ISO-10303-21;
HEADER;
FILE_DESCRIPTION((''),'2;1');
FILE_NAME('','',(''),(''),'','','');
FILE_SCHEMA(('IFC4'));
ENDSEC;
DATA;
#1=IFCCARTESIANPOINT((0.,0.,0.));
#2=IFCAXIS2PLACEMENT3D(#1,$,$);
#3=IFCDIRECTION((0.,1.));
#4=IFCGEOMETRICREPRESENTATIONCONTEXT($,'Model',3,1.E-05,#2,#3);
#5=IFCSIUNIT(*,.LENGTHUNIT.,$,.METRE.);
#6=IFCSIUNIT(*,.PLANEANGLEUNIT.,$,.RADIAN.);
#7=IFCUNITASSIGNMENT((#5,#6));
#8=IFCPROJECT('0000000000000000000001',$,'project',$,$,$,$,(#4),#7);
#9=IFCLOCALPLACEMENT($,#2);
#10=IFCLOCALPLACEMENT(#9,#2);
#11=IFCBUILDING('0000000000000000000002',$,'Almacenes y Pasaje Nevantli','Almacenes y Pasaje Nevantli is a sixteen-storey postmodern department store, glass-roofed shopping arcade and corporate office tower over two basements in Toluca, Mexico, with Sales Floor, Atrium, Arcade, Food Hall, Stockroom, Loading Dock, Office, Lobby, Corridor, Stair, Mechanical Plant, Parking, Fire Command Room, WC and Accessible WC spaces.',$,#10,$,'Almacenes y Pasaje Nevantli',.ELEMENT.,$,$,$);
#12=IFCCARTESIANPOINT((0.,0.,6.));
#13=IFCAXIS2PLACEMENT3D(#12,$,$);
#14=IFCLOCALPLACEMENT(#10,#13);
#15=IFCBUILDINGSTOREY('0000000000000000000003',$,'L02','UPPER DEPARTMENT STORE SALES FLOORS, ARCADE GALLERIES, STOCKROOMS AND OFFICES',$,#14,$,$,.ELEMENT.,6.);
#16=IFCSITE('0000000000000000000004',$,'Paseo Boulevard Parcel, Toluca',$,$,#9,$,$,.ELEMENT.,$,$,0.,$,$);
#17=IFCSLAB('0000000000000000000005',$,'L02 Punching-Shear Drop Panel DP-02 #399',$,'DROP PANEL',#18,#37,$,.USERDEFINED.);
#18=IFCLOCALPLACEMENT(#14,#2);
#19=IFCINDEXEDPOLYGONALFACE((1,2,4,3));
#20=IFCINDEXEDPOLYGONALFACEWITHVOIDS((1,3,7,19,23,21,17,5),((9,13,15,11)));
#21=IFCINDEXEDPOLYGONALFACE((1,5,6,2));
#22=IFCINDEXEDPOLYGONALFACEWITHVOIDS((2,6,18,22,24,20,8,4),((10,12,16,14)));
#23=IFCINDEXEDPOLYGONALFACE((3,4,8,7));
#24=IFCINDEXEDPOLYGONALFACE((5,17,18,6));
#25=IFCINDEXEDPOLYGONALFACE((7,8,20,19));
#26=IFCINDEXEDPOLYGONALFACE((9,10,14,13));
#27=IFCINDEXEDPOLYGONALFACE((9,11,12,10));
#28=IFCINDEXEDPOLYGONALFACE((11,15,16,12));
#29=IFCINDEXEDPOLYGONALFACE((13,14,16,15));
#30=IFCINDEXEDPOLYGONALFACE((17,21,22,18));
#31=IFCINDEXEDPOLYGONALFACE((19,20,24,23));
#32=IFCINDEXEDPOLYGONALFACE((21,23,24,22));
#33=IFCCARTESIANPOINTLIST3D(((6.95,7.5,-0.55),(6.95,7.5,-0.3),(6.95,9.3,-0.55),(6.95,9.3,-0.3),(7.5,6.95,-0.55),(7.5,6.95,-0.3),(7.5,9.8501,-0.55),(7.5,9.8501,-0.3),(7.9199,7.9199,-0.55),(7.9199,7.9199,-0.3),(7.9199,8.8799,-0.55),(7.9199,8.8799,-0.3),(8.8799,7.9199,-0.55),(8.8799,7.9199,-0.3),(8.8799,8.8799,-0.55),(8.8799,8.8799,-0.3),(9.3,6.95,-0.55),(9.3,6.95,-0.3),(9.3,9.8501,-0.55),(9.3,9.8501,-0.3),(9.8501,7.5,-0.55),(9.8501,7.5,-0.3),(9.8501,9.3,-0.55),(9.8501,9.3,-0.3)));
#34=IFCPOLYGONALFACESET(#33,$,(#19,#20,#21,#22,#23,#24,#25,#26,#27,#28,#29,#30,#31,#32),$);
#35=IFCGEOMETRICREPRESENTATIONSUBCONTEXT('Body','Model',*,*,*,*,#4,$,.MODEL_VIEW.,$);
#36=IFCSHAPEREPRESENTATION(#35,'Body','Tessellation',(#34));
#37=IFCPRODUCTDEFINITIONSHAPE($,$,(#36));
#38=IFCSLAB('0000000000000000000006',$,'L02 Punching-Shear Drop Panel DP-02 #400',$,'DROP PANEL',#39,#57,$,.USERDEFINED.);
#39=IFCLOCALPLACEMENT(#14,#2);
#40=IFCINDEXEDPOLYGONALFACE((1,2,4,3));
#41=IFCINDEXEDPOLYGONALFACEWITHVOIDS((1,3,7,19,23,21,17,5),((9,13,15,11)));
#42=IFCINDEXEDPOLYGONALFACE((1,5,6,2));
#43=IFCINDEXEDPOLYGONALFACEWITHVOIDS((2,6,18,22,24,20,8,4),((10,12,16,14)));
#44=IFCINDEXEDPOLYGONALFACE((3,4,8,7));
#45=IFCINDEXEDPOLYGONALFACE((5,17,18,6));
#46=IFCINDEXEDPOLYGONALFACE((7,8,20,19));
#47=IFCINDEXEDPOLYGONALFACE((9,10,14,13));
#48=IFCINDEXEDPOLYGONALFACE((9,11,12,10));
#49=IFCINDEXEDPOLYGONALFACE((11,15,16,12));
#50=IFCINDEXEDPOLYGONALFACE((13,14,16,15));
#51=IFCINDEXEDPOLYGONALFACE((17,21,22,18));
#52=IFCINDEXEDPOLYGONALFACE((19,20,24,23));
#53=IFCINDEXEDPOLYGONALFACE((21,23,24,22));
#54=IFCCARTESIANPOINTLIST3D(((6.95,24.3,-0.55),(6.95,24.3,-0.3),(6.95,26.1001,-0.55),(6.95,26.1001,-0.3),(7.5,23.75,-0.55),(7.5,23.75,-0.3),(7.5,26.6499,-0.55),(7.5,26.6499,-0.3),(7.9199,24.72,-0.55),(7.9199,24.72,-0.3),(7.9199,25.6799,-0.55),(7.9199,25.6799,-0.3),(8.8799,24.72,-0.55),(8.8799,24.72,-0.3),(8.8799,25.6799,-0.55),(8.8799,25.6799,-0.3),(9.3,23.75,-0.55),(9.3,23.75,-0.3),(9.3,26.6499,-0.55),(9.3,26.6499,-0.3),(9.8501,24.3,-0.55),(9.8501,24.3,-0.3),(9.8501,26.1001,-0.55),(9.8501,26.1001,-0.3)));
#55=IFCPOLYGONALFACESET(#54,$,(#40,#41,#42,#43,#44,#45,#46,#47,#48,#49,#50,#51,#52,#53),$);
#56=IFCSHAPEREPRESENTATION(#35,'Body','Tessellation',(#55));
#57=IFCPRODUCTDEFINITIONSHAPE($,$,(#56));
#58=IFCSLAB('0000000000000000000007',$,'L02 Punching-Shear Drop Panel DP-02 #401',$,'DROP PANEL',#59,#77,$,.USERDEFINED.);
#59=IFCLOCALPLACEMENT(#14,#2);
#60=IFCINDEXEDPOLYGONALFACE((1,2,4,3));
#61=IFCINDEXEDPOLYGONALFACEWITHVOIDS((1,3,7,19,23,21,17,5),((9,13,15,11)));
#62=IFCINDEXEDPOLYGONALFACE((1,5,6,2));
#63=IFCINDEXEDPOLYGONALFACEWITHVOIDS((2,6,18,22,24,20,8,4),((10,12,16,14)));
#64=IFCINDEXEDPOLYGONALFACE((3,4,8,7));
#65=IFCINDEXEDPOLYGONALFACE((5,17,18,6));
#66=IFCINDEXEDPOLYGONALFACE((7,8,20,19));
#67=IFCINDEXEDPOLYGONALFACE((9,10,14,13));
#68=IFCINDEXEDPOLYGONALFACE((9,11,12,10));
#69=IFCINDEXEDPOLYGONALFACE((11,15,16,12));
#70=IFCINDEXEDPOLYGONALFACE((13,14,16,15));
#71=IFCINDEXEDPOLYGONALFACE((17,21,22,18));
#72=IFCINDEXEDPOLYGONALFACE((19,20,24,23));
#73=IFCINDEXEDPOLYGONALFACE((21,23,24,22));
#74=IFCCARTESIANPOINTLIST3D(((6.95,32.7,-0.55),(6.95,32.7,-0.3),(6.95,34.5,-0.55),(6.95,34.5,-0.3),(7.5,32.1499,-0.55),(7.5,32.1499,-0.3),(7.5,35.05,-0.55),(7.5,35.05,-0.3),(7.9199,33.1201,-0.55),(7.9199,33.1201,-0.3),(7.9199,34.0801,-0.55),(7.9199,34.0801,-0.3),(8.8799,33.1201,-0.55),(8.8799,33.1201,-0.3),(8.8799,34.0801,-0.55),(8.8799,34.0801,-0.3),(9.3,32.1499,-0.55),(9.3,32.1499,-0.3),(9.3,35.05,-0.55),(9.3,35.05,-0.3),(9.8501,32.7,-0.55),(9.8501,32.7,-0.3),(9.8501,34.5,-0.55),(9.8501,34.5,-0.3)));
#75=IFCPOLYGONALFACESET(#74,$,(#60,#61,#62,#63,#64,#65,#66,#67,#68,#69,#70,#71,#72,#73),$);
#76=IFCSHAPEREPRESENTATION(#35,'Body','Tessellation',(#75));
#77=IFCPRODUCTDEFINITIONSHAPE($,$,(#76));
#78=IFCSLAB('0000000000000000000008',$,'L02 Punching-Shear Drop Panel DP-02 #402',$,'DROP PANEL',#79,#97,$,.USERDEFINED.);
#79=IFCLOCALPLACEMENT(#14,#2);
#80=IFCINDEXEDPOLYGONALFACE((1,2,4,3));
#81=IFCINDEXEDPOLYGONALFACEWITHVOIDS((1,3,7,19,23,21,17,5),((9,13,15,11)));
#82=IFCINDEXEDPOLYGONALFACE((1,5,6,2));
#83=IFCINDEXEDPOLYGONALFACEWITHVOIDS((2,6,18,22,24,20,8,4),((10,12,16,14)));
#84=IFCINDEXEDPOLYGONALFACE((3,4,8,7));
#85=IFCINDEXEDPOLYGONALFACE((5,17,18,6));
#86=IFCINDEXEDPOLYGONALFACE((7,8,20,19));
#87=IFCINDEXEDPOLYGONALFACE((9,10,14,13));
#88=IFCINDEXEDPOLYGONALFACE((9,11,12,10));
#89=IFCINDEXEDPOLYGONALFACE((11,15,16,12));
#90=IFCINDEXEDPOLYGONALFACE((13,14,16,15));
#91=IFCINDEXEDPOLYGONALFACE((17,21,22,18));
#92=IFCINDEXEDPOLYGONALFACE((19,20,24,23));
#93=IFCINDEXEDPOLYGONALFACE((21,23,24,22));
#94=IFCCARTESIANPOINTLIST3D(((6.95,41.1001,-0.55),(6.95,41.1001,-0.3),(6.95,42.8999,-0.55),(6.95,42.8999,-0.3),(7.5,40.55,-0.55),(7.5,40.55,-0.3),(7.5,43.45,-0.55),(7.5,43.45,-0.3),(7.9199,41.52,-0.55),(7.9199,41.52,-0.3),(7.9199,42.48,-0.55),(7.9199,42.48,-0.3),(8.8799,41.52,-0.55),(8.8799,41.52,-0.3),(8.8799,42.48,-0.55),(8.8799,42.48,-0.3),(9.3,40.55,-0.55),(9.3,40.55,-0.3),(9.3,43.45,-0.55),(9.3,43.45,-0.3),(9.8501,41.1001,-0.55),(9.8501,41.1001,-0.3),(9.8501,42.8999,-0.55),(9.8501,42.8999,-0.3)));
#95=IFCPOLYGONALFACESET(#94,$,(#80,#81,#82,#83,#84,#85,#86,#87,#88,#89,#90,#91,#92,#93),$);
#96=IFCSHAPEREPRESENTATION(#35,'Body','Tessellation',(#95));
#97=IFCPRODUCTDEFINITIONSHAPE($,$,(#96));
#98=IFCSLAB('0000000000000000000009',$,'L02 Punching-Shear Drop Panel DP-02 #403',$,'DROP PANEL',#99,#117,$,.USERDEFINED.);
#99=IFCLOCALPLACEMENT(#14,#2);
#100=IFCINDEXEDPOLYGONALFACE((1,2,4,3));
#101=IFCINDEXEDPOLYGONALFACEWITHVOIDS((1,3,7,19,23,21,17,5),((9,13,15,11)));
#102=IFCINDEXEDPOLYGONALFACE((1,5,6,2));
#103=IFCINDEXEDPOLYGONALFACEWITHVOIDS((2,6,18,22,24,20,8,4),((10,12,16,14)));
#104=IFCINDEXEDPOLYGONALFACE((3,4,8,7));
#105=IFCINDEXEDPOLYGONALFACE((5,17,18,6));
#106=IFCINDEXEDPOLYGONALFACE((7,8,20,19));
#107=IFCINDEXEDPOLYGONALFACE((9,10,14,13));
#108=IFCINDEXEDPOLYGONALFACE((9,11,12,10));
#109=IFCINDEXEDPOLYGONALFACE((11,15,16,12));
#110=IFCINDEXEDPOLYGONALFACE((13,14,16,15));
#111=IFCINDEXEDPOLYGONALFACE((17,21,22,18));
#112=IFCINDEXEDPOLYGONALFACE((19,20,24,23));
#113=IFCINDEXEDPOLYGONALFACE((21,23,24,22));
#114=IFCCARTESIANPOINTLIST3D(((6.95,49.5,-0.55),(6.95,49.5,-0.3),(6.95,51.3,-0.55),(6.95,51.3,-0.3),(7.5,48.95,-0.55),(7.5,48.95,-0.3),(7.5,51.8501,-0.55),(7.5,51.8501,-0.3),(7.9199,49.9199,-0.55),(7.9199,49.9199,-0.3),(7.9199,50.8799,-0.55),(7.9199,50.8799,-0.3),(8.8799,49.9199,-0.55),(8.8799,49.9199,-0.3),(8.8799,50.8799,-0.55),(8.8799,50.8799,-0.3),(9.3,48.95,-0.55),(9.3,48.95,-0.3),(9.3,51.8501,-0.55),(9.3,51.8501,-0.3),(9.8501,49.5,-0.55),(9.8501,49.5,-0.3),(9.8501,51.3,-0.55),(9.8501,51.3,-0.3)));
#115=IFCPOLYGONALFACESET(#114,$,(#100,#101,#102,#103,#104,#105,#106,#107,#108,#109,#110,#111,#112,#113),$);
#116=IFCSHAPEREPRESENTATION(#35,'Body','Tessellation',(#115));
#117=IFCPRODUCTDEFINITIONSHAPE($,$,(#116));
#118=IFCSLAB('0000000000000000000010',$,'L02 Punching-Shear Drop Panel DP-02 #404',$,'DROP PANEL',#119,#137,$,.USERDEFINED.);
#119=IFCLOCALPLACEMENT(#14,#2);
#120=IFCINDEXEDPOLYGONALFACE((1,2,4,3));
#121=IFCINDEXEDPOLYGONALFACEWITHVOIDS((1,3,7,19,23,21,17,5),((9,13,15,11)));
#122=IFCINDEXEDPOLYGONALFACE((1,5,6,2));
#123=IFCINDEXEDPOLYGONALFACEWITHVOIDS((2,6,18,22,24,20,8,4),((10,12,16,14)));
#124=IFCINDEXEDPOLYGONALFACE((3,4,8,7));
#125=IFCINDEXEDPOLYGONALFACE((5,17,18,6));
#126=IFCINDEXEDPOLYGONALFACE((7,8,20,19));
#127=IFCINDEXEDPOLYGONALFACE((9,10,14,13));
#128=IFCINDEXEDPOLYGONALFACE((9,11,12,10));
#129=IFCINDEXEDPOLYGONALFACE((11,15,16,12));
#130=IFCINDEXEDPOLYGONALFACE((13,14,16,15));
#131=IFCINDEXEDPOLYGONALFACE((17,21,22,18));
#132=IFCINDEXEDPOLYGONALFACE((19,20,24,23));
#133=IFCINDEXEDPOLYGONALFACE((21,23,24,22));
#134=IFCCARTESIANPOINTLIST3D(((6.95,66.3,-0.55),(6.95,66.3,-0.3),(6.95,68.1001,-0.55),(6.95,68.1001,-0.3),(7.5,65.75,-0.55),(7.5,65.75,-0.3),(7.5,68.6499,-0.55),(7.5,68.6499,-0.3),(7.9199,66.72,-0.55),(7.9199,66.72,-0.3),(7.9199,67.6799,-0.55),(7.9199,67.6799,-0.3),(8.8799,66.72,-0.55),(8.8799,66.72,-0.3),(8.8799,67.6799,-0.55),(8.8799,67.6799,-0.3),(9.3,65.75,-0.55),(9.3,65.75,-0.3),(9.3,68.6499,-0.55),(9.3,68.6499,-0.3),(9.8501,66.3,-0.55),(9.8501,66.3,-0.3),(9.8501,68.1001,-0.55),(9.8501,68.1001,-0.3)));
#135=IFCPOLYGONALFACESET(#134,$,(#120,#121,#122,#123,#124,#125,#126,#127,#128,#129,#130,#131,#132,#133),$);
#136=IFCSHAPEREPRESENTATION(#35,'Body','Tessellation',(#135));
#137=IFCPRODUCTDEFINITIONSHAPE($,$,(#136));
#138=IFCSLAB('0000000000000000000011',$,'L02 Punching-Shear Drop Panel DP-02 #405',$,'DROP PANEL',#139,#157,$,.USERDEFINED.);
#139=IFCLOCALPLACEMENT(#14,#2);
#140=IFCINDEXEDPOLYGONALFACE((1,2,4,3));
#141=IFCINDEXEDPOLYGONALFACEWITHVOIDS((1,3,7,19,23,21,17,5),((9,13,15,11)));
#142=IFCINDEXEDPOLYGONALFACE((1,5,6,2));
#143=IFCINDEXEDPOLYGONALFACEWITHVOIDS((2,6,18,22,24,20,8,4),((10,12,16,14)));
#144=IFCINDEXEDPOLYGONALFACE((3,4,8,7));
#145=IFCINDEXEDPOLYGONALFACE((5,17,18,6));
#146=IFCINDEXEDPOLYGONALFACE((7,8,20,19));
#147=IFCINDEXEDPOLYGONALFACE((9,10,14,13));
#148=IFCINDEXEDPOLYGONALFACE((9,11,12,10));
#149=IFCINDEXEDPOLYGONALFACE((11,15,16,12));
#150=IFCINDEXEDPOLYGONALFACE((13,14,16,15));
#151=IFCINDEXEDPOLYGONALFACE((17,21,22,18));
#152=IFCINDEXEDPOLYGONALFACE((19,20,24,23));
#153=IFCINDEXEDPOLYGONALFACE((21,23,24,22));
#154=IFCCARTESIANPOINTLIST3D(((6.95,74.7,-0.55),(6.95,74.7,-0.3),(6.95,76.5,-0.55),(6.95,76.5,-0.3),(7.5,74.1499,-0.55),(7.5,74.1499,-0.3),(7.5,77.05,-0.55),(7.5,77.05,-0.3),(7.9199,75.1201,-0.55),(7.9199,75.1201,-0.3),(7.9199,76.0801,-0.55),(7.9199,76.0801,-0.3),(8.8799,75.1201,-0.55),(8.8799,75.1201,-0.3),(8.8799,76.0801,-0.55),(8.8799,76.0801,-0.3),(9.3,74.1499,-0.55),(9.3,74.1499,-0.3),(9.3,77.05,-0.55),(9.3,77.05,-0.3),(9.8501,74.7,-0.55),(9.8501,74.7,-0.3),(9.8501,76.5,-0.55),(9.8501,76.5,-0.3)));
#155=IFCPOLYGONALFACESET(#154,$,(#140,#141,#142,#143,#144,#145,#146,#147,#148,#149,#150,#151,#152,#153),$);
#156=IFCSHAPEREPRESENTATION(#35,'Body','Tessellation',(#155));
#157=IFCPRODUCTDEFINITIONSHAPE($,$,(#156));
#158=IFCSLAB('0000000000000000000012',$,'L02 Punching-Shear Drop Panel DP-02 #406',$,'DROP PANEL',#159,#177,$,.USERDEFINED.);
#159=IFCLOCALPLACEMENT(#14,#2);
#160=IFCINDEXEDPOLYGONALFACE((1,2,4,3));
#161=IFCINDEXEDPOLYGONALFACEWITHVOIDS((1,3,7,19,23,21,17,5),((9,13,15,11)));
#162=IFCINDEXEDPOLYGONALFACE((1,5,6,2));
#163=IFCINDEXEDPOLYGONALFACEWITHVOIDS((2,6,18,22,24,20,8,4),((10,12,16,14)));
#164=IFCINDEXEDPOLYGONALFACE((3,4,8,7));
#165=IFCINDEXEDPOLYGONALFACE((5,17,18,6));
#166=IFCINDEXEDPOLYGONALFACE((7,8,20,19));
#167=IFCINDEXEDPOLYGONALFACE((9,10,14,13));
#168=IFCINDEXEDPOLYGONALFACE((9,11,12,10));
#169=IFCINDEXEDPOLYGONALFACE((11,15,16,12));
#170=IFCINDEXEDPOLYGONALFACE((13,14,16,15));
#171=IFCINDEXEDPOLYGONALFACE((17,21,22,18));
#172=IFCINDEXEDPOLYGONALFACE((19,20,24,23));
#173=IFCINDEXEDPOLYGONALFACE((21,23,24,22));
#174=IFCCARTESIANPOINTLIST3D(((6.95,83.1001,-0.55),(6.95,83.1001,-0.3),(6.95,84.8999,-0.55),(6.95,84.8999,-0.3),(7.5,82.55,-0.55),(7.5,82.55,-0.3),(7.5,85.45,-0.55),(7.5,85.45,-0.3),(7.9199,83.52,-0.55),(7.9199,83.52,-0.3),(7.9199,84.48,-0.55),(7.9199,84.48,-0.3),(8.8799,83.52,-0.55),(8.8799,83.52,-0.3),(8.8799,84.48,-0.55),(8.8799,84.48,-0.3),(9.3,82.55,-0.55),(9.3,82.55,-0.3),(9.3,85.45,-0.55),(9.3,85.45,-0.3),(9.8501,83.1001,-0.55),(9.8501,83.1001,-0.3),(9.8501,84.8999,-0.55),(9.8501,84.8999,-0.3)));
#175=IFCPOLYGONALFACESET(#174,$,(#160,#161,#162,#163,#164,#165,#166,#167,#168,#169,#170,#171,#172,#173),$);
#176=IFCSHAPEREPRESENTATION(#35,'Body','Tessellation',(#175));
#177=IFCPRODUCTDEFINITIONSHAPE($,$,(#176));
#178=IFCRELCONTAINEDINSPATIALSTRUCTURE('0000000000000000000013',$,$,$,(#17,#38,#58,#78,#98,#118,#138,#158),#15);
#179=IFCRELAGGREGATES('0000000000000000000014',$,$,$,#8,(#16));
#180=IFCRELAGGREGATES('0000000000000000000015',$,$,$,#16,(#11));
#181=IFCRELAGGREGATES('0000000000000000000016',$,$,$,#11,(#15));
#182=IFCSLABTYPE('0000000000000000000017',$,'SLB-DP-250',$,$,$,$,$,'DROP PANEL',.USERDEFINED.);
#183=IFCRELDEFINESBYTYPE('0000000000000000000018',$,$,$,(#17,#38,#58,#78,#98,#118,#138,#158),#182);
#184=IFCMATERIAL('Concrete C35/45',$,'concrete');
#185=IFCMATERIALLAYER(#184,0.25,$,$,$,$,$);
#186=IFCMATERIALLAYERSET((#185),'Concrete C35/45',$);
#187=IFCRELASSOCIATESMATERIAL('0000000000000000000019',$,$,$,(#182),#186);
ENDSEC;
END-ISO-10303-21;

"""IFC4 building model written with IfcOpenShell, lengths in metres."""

from ifc_helpers import new_model, si_unit, direction, frame, origin, place, context, subcontext, project, spatial, polyline, outline, extrude, material, layer, layer_set, type_object, element, save


model = new_model("IFC4")

# Units and contexts
model_context = context("Model", 3, precision=1e-05, world=origin(), true_north=direction((0.0, 1.0)))
body_context = subcontext(model_context, "Body", "Model", "MODEL_VIEW")
ifc_project = project(units=[si_unit("LENGTHUNIT", "METRE"), si_unit("PLANEANGLEUNIT", "RADIAN")], contexts=[model_context])

# Site, building, storey
site_placement = place(None, origin())
site = spatial("IfcSite", under=ifc_project, at=site_placement, Name="Paseo Boulevard Parcel, Toluca", CompositionType="ELEMENT", RefElevation=0.0)
building_placement = place(site_placement, origin())
building = spatial("IfcBuilding", under=site, at=building_placement, Name="Almacenes y Pasaje Nevantli", Description="Almacenes y Pasaje Nevantli is a sixteen-storey postmodern department store, glass-roofed shopping arcade and corporate office tower over two basements in Toluca, Mexico, with Sales Floor, Atrium, Arcade, Food Hall, Stockroom, Loading Dock, Office, Lobby, Corridor, Stair, Mechanical Plant, Parking, Fire Command Room, WC and Accessible WC spaces.", LongName="Almacenes y Pasaje Nevantli", CompositionType="ELEMENT")
storey_placement = place(building_placement, frame((0.0, 0.0, 6.0)))
storey = spatial("IfcBuildingStorey", under=building, at=storey_placement, Name="L02", Description="UPPER DEPARTMENT STORE SALES FLOORS, ARCADE GALLERIES, STOCKROOMS AND OFFICES", CompositionType="ELEMENT", Elevation=6.0)

# Slabs
ifc_material_1 = material(Name="Concrete C35/45", Category="concrete")
ifc_layer_1 = layer(ifc_material_1, 0.25)
ifc_layer_set_1 = layer_set([ifc_layer_1], Name="Concrete C35/45")
slab_type_1 = type_object("IfcSlabType", Name="SLB-DP-250", ElementType="DROP PANEL", PredefinedType="USERDEFINED", material=ifc_layer_set_1)
slab_1_placement = place(storey_placement, frame((0.0, 0.0, -0.55)))
element("IfcSlab", 1, at=slab_1_placement, inside=storey, type_object=slab_type_1, Name="L02 Punching-Shear Drop Panel DP-02 #399", ObjectType="DROP PANEL", PredefinedType="USERDEFINED", context=body_context, shape_type="SweptSolid", body=[
    extrude(outline(polyline([(7.5, 6.95), (9.3, 6.95), (9.8501, 7.5), (9.8501, 9.3), (9.3, 9.8501), (7.5, 9.8501), (6.95, 9.3), (6.95, 7.5), (7.5, 6.95)]), holes=[polyline([(7.9199, 7.9199), (8.8799, 7.9199), (8.8799, 8.8799), (7.9199, 8.8799), (7.9199, 7.9199)])]), origin(), (0.0, 0.0, 1.0), 0.25),
])
slab_2_placement = place(storey_placement, frame((0.0, 0.0, -0.55)))
element("IfcSlab", 2, at=slab_2_placement, inside=storey, type_object=slab_type_1, Name="L02 Punching-Shear Drop Panel DP-02 #400", ObjectType="DROP PANEL", PredefinedType="USERDEFINED", context=body_context, shape_type="SweptSolid", body=[
    extrude(outline(polyline([(7.5, 23.75), (9.3, 23.75), (9.8501, 24.3), (9.8501, 26.1001), (9.3, 26.6499), (7.5, 26.6499), (6.95, 26.1001), (6.95, 24.3), (7.5, 23.75)]), holes=[polyline([(7.9199, 24.72), (8.8799, 24.72), (8.8799, 25.6799), (7.9199, 25.6799), (7.9199, 24.72)])]), origin(), (0.0, 0.0, 1.0), 0.25),
])
slab_3_placement = place(storey_placement, frame((0.0, 0.0, -0.55)))
element("IfcSlab", 3, at=slab_3_placement, inside=storey, type_object=slab_type_1, Name="L02 Punching-Shear Drop Panel DP-02 #401", ObjectType="DROP PANEL", PredefinedType="USERDEFINED", context=body_context, shape_type="SweptSolid", body=[
    extrude(outline(polyline([(7.5, 32.1499), (9.3, 32.1499), (9.8501, 32.7), (9.8501, 34.5), (9.3, 35.05), (7.5, 35.05), (6.95, 34.5), (6.95, 32.7), (7.5, 32.1499)]), holes=[polyline([(7.9199, 33.1201), (8.8799, 33.1201), (8.8799, 34.0801), (7.9199, 34.0801), (7.9199, 33.1201)])]), origin(), (0.0, 0.0, 1.0), 0.25),
])
slab_4_placement = place(storey_placement, frame((0.0, 0.0, -0.55)))
element("IfcSlab", 4, at=slab_4_placement, inside=storey, type_object=slab_type_1, Name="L02 Punching-Shear Drop Panel DP-02 #402", ObjectType="DROP PANEL", PredefinedType="USERDEFINED", context=body_context, shape_type="SweptSolid", body=[
    extrude(outline(polyline([(7.5, 40.55), (9.3, 40.55), (9.8501, 41.1001), (9.8501, 42.8999), (9.3, 43.45), (7.5, 43.45), (6.95, 42.8999), (6.95, 41.1001), (7.5, 40.55)]), holes=[polyline([(7.9199, 41.52), (8.8799, 41.52), (8.8799, 42.48), (7.9199, 42.48), (7.9199, 41.52)])]), origin(), (0.0, 0.0, 1.0), 0.25),
])
slab_5_placement = place(storey_placement, frame((0.0, 0.0, -0.55)))
element("IfcSlab", 5, at=slab_5_placement, inside=storey, type_object=slab_type_1, Name="L02 Punching-Shear Drop Panel DP-02 #403", ObjectType="DROP PANEL", PredefinedType="USERDEFINED", context=body_context, shape_type="SweptSolid", body=[
    extrude(outline(polyline([(7.5, 48.95), (9.3, 48.95), (9.8501, 49.5), (9.8501, 51.3), (9.3, 51.8501), (7.5, 51.8501), (6.95, 51.3), (6.95, 49.5), (7.5, 48.95)]), holes=[polyline([(7.9199, 49.9199), (8.8799, 49.9199), (8.8799, 50.8799), (7.9199, 50.8799), (7.9199, 49.9199)])]), origin(), (0.0, 0.0, 1.0), 0.25),
])
slab_6_placement = place(storey_placement, frame((0.0, 0.0, -0.55)))
element("IfcSlab", 6, at=slab_6_placement, inside=storey, type_object=slab_type_1, Name="L02 Punching-Shear Drop Panel DP-02 #404", ObjectType="DROP PANEL", PredefinedType="USERDEFINED", context=body_context, shape_type="SweptSolid", body=[
    extrude(outline(polyline([(7.5, 65.75), (9.3, 65.75), (9.8501, 66.3), (9.8501, 68.1001), (9.3, 68.6499), (7.5, 68.6499), (6.95, 68.1001), (6.95, 66.3), (7.5, 65.75)]), holes=[polyline([(7.9199, 66.72), (8.8799, 66.72), (8.8799, 67.6799), (7.9199, 67.6799), (7.9199, 66.72)])]), origin(), (0.0, 0.0, 1.0), 0.25),
])
slab_7_placement = place(storey_placement, frame((0.0, 0.0, -0.55)))
element("IfcSlab", 7, at=slab_7_placement, inside=storey, type_object=slab_type_1, Name="L02 Punching-Shear Drop Panel DP-02 #405", ObjectType="DROP PANEL", PredefinedType="USERDEFINED", context=body_context, shape_type="SweptSolid", body=[
    extrude(outline(polyline([(7.5, 74.1499), (9.3, 74.1499), (9.8501, 74.7), (9.8501, 76.5), (9.3, 77.05), (7.5, 77.05), (6.95, 76.5), (6.95, 74.7), (7.5, 74.1499)]), holes=[polyline([(7.9199, 75.1201), (8.8799, 75.1201), (8.8799, 76.0801), (7.9199, 76.0801), (7.9199, 75.1201)])]), origin(), (0.0, 0.0, 1.0), 0.25),
])
slab_8_placement = place(storey_placement, frame((0.0, 0.0, -0.55)))
element("IfcSlab", 8, at=slab_8_placement, inside=storey, type_object=slab_type_1, Name="L02 Punching-Shear Drop Panel DP-02 #406", ObjectType="DROP PANEL", PredefinedType="USERDEFINED", context=body_context, shape_type="SweptSolid", body=[
    extrude(outline(polyline([(7.5, 82.55), (9.3, 82.55), (9.8501, 83.1001), (9.8501, 84.8999), (9.3, 85.45), (7.5, 85.45), (6.95, 84.8999), (6.95, 83.1001), (7.5, 82.55)]), holes=[polyline([(7.9199, 83.52), (8.8799, 83.52), (8.8799, 84.48), (7.9199, 84.48), (7.9199, 83.52)])]), origin(), (0.0, 0.0, 1.0), 0.25),
])

save(model, "model.ifc")
